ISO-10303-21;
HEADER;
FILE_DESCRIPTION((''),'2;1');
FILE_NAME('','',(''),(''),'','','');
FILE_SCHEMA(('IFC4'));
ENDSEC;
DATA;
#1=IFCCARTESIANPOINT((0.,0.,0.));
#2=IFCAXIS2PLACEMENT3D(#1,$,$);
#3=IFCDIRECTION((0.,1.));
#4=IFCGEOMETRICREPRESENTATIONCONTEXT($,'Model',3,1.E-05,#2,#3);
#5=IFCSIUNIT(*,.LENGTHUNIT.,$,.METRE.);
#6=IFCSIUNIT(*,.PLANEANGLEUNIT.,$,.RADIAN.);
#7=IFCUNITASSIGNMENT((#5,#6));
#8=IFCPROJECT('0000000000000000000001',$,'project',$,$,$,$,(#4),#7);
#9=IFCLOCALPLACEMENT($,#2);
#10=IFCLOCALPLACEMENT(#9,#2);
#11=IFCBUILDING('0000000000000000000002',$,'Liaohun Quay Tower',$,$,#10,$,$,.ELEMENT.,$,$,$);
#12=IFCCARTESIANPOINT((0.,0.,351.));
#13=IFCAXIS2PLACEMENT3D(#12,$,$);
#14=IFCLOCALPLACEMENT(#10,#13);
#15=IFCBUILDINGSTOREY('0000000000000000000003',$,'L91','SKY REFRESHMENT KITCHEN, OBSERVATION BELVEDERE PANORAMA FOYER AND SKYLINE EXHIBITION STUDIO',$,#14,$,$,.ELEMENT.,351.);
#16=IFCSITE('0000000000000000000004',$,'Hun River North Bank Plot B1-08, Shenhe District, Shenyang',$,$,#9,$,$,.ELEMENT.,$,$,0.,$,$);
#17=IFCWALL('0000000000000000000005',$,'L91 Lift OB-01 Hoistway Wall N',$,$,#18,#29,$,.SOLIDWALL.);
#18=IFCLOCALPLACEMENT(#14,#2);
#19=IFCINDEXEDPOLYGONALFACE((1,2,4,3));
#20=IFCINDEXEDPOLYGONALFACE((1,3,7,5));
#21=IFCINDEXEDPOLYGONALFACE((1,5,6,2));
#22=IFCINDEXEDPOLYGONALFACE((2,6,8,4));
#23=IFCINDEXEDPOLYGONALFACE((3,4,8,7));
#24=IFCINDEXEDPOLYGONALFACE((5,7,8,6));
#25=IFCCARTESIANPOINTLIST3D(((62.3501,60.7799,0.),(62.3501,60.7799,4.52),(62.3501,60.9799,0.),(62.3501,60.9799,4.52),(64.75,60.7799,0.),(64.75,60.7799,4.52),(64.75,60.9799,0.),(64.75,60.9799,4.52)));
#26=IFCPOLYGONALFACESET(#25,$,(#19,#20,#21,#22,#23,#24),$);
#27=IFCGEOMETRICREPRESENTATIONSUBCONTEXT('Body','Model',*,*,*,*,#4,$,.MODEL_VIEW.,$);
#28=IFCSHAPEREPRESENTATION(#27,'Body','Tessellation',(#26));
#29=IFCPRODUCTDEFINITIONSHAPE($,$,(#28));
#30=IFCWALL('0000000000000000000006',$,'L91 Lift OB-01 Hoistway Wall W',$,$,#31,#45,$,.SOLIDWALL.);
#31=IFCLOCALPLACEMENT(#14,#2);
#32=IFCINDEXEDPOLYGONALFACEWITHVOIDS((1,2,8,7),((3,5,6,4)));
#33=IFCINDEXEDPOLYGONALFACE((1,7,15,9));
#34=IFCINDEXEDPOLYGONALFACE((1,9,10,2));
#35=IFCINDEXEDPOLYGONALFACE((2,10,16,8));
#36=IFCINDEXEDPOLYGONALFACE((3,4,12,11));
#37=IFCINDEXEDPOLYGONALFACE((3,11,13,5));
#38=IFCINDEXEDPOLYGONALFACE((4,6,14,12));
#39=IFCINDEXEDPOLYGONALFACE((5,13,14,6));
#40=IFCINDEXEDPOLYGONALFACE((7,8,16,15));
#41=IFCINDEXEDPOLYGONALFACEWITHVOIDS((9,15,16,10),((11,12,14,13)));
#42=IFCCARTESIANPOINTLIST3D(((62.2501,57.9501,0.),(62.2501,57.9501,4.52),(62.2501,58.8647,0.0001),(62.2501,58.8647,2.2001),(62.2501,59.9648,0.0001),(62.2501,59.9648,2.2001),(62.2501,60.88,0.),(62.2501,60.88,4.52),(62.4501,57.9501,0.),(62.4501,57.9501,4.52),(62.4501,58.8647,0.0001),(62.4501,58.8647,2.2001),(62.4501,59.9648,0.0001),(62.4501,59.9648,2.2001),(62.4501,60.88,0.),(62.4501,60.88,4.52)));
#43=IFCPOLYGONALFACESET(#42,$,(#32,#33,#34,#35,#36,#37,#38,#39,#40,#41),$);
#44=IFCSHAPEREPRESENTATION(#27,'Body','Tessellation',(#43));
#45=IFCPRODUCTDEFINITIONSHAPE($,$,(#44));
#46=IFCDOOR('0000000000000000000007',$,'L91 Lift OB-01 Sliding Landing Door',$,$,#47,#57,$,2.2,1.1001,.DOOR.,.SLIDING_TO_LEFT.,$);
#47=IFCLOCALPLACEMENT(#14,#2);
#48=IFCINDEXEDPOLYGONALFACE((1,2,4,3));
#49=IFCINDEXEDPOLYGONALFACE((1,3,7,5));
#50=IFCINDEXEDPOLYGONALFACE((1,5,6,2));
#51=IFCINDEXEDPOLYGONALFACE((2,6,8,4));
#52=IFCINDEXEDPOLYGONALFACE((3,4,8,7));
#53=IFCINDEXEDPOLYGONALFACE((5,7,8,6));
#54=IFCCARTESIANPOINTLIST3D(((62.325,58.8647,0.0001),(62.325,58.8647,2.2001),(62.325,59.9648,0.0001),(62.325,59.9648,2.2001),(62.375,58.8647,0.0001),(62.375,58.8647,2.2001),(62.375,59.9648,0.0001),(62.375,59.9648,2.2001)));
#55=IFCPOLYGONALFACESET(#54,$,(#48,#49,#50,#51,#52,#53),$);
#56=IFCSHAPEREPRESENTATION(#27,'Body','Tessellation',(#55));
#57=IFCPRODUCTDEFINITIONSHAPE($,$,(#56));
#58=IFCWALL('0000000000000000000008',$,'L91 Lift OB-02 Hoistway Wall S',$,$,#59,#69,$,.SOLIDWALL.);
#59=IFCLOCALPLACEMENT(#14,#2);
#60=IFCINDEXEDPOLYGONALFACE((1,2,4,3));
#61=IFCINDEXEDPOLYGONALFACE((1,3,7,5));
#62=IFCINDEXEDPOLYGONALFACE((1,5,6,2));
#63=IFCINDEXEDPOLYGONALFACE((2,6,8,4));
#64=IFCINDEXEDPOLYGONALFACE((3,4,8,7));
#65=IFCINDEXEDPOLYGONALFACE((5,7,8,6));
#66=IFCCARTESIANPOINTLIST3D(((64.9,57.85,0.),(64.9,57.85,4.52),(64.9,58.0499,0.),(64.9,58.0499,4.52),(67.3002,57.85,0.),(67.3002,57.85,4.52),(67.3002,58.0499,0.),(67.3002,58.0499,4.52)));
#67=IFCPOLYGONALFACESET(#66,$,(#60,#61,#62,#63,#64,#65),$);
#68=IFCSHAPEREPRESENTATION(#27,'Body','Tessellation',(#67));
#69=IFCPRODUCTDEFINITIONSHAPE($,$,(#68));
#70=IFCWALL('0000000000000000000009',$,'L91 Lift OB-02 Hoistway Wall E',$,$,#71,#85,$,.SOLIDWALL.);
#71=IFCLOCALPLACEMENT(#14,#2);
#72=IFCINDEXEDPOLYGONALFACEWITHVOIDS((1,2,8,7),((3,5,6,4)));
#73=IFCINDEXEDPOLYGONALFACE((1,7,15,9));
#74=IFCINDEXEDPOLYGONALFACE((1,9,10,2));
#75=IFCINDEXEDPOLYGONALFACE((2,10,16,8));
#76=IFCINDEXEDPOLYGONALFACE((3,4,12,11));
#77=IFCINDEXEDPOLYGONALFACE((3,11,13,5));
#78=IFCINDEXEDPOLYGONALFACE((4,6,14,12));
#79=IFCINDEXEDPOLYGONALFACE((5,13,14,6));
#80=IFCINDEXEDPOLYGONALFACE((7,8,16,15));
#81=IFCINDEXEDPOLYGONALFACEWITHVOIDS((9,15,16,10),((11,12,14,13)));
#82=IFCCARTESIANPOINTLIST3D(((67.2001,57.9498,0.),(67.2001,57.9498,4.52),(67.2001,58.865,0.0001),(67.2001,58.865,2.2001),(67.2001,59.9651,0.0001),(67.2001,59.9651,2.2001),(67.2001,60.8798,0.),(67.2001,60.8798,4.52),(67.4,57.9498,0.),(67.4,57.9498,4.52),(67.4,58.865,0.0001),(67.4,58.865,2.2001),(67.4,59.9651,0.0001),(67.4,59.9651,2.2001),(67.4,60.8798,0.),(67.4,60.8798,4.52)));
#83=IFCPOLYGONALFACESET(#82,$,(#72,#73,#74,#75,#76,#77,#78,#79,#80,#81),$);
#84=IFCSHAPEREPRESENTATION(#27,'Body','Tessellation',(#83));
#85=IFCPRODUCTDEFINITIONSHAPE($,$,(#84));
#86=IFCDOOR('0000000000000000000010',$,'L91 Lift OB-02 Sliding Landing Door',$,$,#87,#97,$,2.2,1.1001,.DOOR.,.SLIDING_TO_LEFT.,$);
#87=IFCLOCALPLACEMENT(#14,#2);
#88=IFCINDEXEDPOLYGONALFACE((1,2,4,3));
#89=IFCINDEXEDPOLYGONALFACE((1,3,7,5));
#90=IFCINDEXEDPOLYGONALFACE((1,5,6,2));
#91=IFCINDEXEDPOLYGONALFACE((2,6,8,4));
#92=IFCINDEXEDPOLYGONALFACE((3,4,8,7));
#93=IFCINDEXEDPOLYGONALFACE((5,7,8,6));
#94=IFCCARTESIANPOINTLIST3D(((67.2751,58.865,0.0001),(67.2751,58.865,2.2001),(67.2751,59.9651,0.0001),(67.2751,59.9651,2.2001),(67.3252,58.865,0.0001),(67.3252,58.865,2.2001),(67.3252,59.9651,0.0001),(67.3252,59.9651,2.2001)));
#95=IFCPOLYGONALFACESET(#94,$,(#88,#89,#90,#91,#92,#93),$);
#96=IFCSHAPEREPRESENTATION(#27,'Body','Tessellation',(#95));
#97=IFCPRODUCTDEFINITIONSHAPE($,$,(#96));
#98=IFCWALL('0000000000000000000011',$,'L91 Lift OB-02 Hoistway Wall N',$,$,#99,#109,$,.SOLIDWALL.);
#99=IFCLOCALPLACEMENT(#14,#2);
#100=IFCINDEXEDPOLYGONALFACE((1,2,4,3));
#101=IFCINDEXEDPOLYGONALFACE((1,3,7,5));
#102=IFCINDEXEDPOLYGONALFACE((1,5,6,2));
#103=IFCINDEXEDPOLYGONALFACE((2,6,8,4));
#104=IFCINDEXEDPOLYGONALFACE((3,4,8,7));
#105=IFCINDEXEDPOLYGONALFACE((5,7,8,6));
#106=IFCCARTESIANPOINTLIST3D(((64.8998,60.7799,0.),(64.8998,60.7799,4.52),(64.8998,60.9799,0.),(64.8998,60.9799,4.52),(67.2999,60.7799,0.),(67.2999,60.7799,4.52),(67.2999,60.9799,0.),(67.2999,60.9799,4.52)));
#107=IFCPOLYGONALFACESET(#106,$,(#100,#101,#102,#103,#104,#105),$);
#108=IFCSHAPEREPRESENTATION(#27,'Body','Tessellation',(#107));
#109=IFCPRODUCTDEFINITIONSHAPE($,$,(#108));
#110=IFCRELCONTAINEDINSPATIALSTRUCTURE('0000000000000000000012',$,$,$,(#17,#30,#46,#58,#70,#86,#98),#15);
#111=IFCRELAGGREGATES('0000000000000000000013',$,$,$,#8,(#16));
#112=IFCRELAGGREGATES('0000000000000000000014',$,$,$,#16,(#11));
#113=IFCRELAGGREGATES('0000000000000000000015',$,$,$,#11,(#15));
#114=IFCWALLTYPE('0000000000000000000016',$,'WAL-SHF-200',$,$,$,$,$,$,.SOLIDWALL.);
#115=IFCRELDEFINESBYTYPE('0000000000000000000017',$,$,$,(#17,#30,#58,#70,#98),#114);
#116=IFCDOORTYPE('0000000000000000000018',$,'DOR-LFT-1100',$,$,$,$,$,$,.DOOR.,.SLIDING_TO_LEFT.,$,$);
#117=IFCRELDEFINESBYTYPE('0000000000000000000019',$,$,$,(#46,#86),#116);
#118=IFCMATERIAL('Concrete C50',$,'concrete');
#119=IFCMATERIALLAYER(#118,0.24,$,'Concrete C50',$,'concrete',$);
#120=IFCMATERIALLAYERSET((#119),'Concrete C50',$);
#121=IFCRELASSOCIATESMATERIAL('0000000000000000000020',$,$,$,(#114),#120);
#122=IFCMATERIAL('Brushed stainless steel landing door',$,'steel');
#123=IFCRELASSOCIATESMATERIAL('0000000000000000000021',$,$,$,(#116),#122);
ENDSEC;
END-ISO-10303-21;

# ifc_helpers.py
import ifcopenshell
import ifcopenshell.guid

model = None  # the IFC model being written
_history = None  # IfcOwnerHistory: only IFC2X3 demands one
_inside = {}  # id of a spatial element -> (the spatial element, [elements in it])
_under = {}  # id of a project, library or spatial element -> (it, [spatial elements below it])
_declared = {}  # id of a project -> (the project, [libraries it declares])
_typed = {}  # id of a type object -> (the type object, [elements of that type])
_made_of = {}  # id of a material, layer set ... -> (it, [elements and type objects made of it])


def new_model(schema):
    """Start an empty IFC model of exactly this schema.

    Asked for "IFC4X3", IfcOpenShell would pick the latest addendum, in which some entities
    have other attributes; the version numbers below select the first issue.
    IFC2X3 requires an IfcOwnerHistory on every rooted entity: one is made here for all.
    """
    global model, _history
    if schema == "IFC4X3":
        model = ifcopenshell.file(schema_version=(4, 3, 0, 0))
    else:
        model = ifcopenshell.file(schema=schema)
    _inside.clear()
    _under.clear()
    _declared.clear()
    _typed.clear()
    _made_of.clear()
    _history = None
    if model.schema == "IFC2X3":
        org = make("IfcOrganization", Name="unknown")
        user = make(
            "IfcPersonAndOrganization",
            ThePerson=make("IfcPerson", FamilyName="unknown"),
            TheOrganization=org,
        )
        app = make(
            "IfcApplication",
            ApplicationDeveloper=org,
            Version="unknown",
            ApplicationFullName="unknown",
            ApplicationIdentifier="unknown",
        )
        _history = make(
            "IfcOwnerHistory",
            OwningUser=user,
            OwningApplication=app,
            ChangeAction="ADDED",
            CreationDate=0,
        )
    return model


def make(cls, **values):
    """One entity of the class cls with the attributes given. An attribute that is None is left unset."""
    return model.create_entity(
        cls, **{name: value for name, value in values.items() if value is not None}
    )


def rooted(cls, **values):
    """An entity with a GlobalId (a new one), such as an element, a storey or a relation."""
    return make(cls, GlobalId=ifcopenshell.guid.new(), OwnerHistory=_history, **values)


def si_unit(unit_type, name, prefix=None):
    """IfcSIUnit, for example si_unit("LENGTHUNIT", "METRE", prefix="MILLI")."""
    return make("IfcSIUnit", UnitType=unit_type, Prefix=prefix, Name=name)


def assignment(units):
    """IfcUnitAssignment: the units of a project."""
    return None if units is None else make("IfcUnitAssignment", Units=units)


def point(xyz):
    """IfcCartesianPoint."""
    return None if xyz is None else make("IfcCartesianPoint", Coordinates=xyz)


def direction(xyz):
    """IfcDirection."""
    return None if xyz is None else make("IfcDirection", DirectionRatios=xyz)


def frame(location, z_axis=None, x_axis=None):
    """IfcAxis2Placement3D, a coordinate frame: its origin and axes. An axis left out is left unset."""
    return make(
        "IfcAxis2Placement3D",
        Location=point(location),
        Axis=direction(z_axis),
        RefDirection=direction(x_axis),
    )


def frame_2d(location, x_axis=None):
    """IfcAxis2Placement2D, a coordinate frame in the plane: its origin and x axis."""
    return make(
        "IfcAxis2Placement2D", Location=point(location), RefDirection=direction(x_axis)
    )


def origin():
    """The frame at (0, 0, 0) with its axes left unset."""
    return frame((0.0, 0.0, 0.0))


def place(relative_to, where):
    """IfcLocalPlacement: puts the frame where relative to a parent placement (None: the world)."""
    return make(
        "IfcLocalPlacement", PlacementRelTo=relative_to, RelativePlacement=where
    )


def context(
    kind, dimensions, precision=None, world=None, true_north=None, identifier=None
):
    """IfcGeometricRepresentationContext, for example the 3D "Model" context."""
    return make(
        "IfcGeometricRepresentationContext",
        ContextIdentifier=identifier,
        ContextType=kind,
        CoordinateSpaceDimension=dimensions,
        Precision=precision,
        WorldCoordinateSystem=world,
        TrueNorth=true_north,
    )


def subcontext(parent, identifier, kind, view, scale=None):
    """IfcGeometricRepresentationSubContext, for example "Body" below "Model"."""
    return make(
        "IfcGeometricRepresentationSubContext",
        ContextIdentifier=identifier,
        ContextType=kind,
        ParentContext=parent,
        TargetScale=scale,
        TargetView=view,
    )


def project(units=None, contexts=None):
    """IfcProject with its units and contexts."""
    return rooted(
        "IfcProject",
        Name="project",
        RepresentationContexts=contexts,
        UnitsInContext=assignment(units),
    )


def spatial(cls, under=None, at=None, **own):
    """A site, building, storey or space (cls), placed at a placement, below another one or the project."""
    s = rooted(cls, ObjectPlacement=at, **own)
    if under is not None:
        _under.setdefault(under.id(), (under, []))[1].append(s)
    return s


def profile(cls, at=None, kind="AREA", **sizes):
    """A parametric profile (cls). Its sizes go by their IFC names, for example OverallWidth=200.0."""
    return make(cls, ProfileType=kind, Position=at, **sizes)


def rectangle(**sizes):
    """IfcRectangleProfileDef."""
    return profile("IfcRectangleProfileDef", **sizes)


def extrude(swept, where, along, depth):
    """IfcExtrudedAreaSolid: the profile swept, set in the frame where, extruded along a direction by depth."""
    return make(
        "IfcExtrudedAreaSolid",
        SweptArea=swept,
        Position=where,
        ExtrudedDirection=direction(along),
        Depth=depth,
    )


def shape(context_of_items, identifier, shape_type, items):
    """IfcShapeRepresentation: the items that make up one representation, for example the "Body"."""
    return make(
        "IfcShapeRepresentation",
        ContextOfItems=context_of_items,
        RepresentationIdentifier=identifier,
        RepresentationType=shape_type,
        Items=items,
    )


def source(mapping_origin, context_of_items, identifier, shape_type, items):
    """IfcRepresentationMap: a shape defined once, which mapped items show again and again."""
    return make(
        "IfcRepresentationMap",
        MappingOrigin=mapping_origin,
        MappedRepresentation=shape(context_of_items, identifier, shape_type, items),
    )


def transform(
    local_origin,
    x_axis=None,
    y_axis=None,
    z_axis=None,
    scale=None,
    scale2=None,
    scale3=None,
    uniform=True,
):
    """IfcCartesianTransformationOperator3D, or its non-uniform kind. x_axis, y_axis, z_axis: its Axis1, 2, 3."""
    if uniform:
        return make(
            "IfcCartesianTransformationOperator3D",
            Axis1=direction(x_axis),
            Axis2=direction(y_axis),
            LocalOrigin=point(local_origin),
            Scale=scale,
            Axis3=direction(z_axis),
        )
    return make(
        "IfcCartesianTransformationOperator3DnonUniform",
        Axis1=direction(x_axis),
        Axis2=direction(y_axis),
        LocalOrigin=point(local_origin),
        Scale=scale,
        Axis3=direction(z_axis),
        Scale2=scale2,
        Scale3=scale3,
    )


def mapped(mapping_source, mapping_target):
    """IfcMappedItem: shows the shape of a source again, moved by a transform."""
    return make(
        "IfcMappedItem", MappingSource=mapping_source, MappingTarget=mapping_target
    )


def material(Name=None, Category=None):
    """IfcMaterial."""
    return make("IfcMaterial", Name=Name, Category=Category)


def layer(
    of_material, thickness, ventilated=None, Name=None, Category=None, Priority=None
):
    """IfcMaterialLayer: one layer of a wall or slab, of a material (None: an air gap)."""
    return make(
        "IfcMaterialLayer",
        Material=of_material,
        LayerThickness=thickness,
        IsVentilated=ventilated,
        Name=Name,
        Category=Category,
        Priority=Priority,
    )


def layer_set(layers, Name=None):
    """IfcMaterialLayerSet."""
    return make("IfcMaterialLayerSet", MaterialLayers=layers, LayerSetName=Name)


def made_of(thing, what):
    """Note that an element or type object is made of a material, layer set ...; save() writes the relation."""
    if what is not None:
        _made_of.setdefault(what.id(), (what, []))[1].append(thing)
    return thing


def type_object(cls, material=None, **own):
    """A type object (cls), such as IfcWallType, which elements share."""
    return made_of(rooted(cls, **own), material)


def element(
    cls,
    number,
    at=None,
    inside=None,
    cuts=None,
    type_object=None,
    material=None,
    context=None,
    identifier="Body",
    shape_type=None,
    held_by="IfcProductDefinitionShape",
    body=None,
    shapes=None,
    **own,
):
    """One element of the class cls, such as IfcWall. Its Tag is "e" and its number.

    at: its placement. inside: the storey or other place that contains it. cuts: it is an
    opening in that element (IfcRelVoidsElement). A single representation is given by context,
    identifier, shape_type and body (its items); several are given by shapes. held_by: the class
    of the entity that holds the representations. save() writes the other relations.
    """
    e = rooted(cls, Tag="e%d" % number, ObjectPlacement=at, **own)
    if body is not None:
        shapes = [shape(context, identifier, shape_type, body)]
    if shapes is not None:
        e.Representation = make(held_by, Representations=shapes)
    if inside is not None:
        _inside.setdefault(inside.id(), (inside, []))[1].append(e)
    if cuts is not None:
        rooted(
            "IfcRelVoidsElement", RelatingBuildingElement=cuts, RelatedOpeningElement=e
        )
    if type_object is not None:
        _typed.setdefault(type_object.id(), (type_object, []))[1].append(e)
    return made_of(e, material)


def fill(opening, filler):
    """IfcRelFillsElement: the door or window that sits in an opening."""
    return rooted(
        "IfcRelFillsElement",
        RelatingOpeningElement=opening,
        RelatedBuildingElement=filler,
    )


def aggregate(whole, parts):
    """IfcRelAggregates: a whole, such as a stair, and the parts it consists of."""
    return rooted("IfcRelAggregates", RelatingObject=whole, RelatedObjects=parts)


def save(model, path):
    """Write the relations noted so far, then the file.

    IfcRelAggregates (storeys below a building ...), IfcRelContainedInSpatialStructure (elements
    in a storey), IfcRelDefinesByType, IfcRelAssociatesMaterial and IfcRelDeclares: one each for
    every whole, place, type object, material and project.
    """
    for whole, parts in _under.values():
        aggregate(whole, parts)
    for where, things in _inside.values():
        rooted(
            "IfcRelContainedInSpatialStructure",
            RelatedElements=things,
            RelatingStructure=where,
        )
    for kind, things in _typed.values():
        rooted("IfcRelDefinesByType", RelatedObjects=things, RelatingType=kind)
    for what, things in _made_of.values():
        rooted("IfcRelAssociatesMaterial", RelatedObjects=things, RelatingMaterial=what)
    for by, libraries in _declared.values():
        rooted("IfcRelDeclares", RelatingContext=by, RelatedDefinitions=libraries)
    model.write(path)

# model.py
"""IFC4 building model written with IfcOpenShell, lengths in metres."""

from ifc_helpers import new_model, si_unit, direction, frame, frame_2d, origin, place, context, subcontext, project, spatial, rectangle, extrude, source, transform, mapped, material, layer, layer_set, type_object, element, fill, save


model = new_model("IFC4")

# Units and contexts
model_context = context("Model", 3, precision=1e-05, world=origin(), true_north=direction((0.0, 1.0)))
body_context = subcontext(model_context, "Body", "Model", "MODEL_VIEW")
ifc_project = project(units=[si_unit("LENGTHUNIT", "METRE"), si_unit("PLANEANGLEUNIT", "RADIAN")], contexts=[model_context])

# Site, building, storey
site_placement = place(None, origin())
site = spatial("IfcSite", under=ifc_project, at=site_placement, Name="Hun River North Bank Plot B1-08, Shenhe District, Shenyang", CompositionType="ELEMENT", RefElevation=0.0)
building_placement = place(site_placement, origin())
building = spatial("IfcBuilding", under=site, at=building_placement, Name="Liaohun Quay Tower", CompositionType="ELEMENT")
storey_placement = place(building_placement, frame((0.0, 0.0, 351.0)))
storey = spatial("IfcBuildingStorey", under=building, at=storey_placement, Name="L91", Description="SKY REFRESHMENT KITCHEN, OBSERVATION BELVEDERE PANORAMA FOYER AND SKYLINE EXHIBITION STUDIO", CompositionType="ELEMENT", Elevation=351.0)

# Shared definitions
ifc_material_1 = material(Name="Concrete C50", Category="concrete")

# Wall
ifc_layer_1 = layer(ifc_material_1, 0.24, Name="Concrete C50", Category="concrete")
ifc_layer_set_1 = layer_set([ifc_layer_1], Name="Concrete C50")
wall_type_1 = type_object("IfcWallType", Name="WAL-SHF-200", PredefinedType="SOLIDWALL", material=ifc_layer_set_1)
wall_1_placement = place(storey_placement, frame((64.75, 60.8799, 0.0), z_axis=(0.0, 0.0, 1.0), x_axis=(-1.0, 0.0, 0.0)))
element("IfcWall", 1, at=wall_1_placement, inside=storey, type_object=wall_type_1, Name="L91 Lift OB-01 Hoistway Wall N", PredefinedType="SOLIDWALL", context=body_context, shape_type="SweptSolid", body=[
    extrude(rectangle(XDim=2.3999, YDim=0.2, at=frame_2d((1.2, 0.0))), origin(), (0.0, 0.0, 1.0), 4.52),
])

# Wall, opening, door
wall_2_placement = place(storey_placement, frame((62.3501, 60.8799, 0.0), z_axis=(0.0, 0.0, 1.0), x_axis=(0.0, -1.0, 0.0)))
wall_2 = element("IfcWall", 2, at=wall_2_placement, inside=storey, type_object=wall_type_1, Name="L91 Lift OB-01 Hoistway Wall W", PredefinedType="SOLIDWALL", context=body_context, shape_type="SweptSolid", body=[
    extrude(rectangle(XDim=2.9299, YDim=0.2, at=frame_2d((1.4648, 0.0))), origin(), (0.0, 0.0, 1.0), 4.52),
])
shared_shape_1 = source(origin(), body_context, "Body", "SweptSolid", [
    extrude(rectangle(XDim=1.1001, YDim=2.2, at=frame_2d((0.55, 1.1001))), frame((0.0, 0.1099, 0.0), z_axis=(0.0, -1.0, 0.0), x_axis=(1.0, 0.0, 0.0)), (0.0, 0.0, 1.0), 0.22),
])
opening_1_placement = place(wall_2_placement, frame((0.915, 0.0, 0.0)))
opening_1 = element("IfcOpeningElement", 3, at=opening_1_placement, cuts=wall_2, PredefinedType="OPENING", context=body_context, shape_type="MappedRepresentation", body=[
    mapped(shared_shape_1, transform((0.0, 0.0, 0.0), x_axis=(1.0, 0.0, 0.0), y_axis=(0.0, 1.0, 0.0), z_axis=(0.0, 0.0, 1.0), scale=1.0)),
])
ifc_material_2 = material(Name="Brushed stainless steel landing door", Category="steel")
door_type_1 = type_object("IfcDoorType", Name="DOR-LFT-1100", OperationType="SLIDING_TO_LEFT", PredefinedType="DOOR", material=ifc_material_2)
shared_shape_2 = source(origin(), body_context, "Body", "SweptSolid", [
    extrude(rectangle(XDim=1.1001, YDim=2.2, at=frame_2d((0.55, 1.1001))), frame((0.0, 0.0249, 0.0), z_axis=(0.0, -1.0, 0.0), x_axis=(1.0, 0.0, 0.0)), (0.0, 0.0, 1.0), 0.05),
])
door_1_placement = place(opening_1_placement, origin())
door_1 = element("IfcDoor", 4, at=door_1_placement, inside=storey, type_object=door_type_1, Name="L91 Lift OB-01 Sliding Landing Door", OperationType="SLIDING_TO_LEFT", OverallHeight=2.2, OverallWidth=1.1001, PredefinedType="DOOR", context=body_context, shape_type="MappedRepresentation", body=[
    mapped(shared_shape_2, transform((0.0, 0.0, 0.0), x_axis=(1.0, 0.0, 0.0), y_axis=(0.0, 1.0, 0.0), z_axis=(0.0, 0.0, 1.0), scale=1.0)),
])
fill(opening_1, door_1)

# Wall
wall_3_placement = place(storey_placement, frame((64.8999, 57.95, 0.0), z_axis=(0.0, 0.0, 1.0), x_axis=(1.0, 0.0, 0.0)))
element("IfcWall", 5, at=wall_3_placement, inside=storey, type_object=wall_type_1, Name="L91 Lift OB-02 Hoistway Wall S", PredefinedType="SOLIDWALL", context=body_context, shape_type="SweptSolid", body=[
    extrude(rectangle(XDim=2.4001, YDim=0.2, at=frame_2d((1.2002, 0.0))), origin(), (0.0, 0.0, 1.0), 4.52),
])

# Wall, opening, door
wall_4_placement = place(storey_placement, frame((67.3, 57.95, 0.0), z_axis=(0.0, 0.0, 1.0), x_axis=(0.0, 1.0, 0.0)))
wall_4 = element("IfcWall", 6, at=wall_4_placement, inside=storey, type_object=wall_type_1, Name="L91 Lift OB-02 Hoistway Wall E", PredefinedType="SOLIDWALL", context=body_context, shape_type="SweptSolid", body=[
    extrude(rectangle(XDim=2.9299, YDim=0.2, at=frame_2d((1.4648, 0.0))), origin(), (0.0, 0.0, 1.0), 4.52),
])
opening_2_placement = place(wall_4_placement, frame((0.915, 0.0, 0.0)))
opening_2 = element("IfcOpeningElement", 7, at=opening_2_placement, cuts=wall_4, PredefinedType="OPENING", context=body_context, shape_type="MappedRepresentation", body=[
    mapped(shared_shape_1, transform((0.0, 0.0, 0.0), x_axis=(1.0, 0.0, 0.0), y_axis=(0.0, 1.0, 0.0), z_axis=(0.0, 0.0, 1.0), scale=1.0)),
])
door_2_placement = place(opening_2_placement, origin())
door_2 = element("IfcDoor", 8, at=door_2_placement, inside=storey, type_object=door_type_1, Name="L91 Lift OB-02 Sliding Landing Door", OperationType="SLIDING_TO_LEFT", OverallHeight=2.2, OverallWidth=1.1001, PredefinedType="DOOR", context=body_context, shape_type="MappedRepresentation", body=[
    mapped(shared_shape_2, transform((0.0, 0.0, 0.0), x_axis=(1.0, 0.0, 0.0), y_axis=(0.0, 1.0, 0.0), z_axis=(0.0, 0.0, 1.0), scale=1.0)),
])
fill(opening_2, door_2)

# Wall
wall_5_placement = place(storey_placement, frame((67.3, 60.8799, 0.0), z_axis=(0.0, 0.0, 1.0), x_axis=(-1.0, 0.0, 0.0)))
element("IfcWall", 9, at=wall_5_placement, inside=storey, type_object=wall_type_1, Name="L91 Lift OB-02 Hoistway Wall N", PredefinedType="SOLIDWALL", context=body_context, shape_type="SweptSolid", body=[
    extrude(rectangle(XDim=2.4001, YDim=0.2, at=frame_2d((1.2002, 0.0))), origin(), (0.0, 0.0, 1.0), 4.52),
])

save(model, "model.ifc")
